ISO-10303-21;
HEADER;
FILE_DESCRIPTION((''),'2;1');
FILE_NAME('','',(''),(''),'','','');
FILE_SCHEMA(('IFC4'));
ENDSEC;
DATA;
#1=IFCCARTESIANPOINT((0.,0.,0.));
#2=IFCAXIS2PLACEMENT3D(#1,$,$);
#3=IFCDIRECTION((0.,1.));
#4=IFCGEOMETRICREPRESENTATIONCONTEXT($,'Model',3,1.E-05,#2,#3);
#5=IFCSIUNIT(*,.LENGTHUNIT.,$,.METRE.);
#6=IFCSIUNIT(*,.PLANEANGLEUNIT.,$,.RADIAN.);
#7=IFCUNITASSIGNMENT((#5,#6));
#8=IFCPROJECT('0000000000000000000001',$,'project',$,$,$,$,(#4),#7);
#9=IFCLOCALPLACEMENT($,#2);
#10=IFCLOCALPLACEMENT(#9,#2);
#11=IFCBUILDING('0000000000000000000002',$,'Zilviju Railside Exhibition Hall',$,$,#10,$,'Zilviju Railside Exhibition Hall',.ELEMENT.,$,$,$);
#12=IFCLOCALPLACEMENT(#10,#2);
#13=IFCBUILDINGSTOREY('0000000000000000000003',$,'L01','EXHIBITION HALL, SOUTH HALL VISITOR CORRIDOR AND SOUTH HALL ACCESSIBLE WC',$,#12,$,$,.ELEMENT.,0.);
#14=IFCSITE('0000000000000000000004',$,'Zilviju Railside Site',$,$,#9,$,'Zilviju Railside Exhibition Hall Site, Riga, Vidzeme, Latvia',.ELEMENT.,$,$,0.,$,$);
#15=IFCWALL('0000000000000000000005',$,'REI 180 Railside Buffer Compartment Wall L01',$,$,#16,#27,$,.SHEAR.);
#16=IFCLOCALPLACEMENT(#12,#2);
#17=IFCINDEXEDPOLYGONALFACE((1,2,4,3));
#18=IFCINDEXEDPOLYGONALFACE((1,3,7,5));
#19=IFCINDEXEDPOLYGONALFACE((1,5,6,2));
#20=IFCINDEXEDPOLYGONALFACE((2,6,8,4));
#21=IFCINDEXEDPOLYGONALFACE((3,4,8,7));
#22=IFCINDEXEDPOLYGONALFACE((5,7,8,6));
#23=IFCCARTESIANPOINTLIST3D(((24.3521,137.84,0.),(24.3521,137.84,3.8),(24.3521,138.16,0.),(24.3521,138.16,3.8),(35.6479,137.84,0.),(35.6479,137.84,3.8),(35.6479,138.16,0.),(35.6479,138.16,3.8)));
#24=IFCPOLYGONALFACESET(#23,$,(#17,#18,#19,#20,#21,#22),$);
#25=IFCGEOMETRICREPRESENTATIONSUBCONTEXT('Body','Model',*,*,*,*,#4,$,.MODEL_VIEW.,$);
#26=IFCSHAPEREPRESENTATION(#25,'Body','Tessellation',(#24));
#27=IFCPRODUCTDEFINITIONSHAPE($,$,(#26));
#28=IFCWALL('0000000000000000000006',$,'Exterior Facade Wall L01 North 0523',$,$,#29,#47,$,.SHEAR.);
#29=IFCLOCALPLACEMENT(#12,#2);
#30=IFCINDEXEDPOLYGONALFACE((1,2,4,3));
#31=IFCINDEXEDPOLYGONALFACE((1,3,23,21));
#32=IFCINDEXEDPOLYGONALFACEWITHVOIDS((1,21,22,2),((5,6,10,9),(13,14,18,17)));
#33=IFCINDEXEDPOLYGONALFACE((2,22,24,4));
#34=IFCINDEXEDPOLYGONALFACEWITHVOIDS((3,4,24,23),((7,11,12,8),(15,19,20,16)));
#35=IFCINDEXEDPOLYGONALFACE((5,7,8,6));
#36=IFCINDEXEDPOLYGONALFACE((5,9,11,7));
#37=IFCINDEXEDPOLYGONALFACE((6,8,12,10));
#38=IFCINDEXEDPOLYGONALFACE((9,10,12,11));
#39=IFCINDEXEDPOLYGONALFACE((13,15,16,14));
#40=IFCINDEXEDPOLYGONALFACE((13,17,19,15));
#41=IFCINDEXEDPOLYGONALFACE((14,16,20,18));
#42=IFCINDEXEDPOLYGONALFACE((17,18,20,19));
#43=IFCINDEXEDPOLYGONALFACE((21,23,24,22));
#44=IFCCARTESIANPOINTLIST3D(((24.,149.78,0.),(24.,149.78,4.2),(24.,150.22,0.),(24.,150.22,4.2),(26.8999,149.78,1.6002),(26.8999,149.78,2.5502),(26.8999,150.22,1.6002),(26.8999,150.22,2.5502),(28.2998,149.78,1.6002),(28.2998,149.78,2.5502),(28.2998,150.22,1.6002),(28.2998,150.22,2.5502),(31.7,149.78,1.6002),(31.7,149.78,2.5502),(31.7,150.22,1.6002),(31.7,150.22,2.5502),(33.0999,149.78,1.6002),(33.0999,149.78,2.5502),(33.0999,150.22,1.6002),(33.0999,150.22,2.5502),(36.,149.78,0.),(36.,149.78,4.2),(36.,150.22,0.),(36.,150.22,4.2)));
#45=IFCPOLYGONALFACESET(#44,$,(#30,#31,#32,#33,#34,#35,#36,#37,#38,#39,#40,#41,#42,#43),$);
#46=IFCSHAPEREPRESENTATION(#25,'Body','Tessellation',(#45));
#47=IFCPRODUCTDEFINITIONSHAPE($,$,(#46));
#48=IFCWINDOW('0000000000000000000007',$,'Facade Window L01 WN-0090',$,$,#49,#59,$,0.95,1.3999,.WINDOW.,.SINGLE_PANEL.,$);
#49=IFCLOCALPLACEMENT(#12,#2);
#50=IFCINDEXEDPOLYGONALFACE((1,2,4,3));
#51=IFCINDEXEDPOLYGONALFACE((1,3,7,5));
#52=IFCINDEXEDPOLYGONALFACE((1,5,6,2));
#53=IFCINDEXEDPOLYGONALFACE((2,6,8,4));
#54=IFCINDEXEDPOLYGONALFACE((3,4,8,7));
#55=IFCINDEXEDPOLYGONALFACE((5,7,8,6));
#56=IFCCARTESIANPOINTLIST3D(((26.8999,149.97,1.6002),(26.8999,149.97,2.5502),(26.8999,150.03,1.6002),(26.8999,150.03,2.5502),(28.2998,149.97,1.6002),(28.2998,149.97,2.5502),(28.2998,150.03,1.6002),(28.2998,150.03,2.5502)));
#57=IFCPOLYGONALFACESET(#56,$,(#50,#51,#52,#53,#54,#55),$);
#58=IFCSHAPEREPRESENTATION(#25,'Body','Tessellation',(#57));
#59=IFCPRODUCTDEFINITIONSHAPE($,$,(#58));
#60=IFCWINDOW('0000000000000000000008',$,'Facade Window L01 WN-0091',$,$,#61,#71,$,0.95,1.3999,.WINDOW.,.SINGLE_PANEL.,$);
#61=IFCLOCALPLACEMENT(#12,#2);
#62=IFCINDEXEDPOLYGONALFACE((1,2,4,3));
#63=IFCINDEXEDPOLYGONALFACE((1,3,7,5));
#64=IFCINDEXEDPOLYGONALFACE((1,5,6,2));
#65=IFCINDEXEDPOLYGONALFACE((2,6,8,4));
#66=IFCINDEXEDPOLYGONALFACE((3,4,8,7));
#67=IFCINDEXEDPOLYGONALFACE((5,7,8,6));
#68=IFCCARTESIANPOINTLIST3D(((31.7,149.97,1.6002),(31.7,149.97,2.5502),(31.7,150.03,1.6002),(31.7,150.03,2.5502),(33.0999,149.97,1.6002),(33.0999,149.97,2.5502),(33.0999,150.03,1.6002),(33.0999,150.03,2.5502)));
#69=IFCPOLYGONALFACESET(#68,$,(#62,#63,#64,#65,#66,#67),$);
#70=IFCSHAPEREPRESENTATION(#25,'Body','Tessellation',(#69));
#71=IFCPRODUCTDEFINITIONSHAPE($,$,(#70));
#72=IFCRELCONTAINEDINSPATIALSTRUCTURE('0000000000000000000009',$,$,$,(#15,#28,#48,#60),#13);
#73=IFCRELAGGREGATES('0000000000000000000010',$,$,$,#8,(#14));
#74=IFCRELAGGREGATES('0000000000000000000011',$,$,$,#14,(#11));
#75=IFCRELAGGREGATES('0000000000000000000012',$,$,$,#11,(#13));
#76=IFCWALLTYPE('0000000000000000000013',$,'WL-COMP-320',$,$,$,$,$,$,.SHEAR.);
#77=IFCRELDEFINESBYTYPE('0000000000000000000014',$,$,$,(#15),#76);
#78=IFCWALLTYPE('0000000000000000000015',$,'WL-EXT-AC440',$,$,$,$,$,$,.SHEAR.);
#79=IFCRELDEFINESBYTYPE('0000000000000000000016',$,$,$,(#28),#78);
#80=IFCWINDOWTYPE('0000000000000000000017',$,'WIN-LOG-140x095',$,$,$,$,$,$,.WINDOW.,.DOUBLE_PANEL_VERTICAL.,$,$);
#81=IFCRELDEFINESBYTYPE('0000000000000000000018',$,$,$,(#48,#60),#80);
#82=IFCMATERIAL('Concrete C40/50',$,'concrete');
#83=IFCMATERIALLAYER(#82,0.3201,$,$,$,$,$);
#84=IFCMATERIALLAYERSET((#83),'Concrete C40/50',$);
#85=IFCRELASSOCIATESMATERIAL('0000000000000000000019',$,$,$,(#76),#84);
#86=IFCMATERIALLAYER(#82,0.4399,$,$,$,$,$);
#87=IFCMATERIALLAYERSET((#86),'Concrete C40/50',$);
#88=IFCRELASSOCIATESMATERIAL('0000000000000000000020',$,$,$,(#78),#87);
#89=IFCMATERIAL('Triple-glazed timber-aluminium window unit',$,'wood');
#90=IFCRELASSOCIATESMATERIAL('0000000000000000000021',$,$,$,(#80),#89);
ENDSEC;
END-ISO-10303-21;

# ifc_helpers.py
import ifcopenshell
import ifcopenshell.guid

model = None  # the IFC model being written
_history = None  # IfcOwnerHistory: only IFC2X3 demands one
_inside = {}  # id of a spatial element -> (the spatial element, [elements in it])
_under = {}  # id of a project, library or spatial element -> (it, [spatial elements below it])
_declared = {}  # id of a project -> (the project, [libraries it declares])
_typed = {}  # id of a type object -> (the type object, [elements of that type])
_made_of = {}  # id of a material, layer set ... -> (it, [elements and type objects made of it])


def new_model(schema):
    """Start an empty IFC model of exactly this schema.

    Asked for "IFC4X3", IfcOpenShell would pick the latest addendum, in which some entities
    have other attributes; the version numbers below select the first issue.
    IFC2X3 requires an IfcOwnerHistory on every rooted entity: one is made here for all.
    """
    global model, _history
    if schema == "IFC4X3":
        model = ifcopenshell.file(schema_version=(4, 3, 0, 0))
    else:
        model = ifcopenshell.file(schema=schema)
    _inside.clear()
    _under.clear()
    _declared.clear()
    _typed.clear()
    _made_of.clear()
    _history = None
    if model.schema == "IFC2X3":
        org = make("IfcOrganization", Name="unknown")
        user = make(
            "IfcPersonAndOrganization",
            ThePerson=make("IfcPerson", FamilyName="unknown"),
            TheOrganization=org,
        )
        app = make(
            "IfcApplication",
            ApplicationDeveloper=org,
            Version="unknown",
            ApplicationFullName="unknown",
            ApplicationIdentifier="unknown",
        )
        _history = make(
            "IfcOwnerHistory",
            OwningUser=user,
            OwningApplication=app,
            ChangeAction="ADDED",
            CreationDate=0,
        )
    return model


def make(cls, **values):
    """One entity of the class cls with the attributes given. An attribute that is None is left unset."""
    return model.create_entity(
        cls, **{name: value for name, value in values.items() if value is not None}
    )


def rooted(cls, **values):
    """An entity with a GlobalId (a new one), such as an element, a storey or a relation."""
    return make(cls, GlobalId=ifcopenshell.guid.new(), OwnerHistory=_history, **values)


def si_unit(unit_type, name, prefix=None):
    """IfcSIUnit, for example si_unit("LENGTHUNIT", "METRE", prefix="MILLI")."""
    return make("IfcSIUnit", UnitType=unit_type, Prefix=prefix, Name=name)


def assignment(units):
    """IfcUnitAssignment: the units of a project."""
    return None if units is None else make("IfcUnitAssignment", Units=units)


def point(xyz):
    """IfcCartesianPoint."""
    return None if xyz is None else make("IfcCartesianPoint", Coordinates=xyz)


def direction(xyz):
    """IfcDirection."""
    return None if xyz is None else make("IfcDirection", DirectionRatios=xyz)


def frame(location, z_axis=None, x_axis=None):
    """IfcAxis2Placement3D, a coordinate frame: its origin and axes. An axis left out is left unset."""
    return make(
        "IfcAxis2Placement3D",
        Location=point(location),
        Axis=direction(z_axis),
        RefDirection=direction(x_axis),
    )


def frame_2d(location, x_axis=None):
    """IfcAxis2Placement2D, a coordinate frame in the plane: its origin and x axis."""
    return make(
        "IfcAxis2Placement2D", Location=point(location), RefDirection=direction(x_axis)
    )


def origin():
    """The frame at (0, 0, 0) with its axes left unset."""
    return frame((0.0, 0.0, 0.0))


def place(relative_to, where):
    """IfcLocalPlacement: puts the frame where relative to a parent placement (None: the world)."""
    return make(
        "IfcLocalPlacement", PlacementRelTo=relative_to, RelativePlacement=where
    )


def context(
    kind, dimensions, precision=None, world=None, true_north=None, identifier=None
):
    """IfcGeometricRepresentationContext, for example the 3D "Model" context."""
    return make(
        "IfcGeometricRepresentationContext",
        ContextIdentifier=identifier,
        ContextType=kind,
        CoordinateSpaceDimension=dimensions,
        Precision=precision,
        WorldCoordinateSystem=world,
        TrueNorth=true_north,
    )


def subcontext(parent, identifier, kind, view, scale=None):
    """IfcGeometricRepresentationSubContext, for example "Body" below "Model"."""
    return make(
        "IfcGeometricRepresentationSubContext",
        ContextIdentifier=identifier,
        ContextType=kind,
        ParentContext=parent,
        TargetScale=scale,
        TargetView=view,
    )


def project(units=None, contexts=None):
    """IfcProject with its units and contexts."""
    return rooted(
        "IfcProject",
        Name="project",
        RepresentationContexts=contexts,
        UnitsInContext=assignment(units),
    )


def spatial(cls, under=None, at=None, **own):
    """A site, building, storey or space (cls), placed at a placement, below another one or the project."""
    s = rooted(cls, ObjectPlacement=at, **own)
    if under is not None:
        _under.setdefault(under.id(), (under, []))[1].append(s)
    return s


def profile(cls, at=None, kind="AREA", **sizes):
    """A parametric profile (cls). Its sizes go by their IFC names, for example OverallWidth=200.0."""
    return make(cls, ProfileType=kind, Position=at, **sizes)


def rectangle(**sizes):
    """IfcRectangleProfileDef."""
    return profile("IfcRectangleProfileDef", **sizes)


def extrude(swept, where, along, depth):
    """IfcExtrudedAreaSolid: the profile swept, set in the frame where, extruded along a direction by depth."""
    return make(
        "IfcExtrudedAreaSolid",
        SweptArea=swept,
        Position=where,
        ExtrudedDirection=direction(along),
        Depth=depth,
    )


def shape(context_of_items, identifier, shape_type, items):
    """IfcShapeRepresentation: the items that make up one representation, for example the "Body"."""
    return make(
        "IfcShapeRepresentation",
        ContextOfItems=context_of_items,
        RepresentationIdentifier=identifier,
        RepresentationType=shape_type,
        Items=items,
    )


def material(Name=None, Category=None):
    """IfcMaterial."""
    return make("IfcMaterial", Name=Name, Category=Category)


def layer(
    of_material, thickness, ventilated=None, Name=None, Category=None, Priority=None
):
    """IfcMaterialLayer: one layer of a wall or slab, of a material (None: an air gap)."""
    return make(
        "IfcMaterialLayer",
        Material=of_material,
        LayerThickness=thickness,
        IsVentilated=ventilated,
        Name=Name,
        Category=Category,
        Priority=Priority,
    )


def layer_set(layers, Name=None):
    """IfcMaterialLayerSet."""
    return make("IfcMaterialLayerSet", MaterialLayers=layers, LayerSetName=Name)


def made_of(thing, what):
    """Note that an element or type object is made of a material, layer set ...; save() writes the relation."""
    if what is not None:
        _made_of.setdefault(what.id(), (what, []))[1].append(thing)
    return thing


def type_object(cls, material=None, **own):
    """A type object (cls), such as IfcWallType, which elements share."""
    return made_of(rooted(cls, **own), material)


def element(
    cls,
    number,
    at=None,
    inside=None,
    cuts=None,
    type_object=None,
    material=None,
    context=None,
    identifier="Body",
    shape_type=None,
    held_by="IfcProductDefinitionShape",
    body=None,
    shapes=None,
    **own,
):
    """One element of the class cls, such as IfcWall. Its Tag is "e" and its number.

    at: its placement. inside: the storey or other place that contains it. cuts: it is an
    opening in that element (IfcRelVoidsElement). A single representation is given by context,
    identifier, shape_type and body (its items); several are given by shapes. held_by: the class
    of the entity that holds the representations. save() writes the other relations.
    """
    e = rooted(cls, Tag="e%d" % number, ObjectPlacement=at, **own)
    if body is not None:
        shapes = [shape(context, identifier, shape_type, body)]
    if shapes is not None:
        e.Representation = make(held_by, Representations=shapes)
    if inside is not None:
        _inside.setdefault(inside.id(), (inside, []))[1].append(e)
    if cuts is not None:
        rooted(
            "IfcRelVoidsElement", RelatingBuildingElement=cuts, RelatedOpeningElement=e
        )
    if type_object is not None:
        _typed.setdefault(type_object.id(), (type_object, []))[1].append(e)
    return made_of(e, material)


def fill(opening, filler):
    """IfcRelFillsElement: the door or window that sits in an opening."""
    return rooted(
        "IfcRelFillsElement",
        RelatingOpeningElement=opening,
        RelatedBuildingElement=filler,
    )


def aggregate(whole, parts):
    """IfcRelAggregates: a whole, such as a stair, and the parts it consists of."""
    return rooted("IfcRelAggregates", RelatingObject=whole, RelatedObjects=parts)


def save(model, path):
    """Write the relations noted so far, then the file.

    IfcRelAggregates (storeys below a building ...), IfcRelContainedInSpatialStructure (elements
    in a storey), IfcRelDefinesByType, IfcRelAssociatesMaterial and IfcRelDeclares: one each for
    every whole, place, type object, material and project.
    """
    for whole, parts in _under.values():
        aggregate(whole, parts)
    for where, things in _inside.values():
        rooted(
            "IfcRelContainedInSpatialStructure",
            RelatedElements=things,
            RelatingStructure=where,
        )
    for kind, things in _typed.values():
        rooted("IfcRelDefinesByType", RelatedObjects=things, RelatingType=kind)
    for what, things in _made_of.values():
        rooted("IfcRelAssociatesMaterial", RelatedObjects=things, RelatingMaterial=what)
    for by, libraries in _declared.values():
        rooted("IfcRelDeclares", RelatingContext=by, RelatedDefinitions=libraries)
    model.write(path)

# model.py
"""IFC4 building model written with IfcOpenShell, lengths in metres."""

from ifc_helpers import new_model, si_unit, direction, frame, frame_2d, origin, place, context, subcontext, project, spatial, rectangle, extrude, material, layer, layer_set, type_object, element, fill, save


model = new_model("IFC4")

# Units and contexts
model_context = context("Model", 3, precision=1e-05, world=origin(), true_north=direction((0.0, 1.0)))
body_context = subcontext(model_context, "Body", "Model", "MODEL_VIEW")
ifc_project = project(units=[si_unit("LENGTHUNIT", "METRE"), si_unit("PLANEANGLEUNIT", "RADIAN")], contexts=[model_context])

# Site, building, storey
site_placement = place(None, origin())
site = spatial("IfcSite", under=ifc_project, at=site_placement, Name="Zilviju Railside Site", LongName="Zilviju Railside Exhibition Hall Site, Riga, Vidzeme, Latvia", CompositionType="ELEMENT", RefElevation=0.0)
building_placement = place(site_placement, origin())
building = spatial("IfcBuilding", under=site, at=building_placement, Name="Zilviju Railside Exhibition Hall", LongName="Zilviju Railside Exhibition Hall", CompositionType="ELEMENT")
storey_placement = place(building_placement, origin())
storey = spatial("IfcBuildingStorey", under=building, at=storey_placement, Name="L01", Description="EXHIBITION HALL, SOUTH HALL VISITOR CORRIDOR AND SOUTH HALL ACCESSIBLE WC", CompositionType="ELEMENT", Elevation=0.0)

# Shared definitions
ifc_material_1 = material(Name="Concrete C40/50", Category="concrete")

# Wall
ifc_layer_1 = layer(ifc_material_1, 0.3201)
ifc_layer_set_1 = layer_set([ifc_layer_1], Name="Concrete C40/50")
wall_type_1 = type_object("IfcWallType", Name="WL-COMP-320", PredefinedType="SHEAR", material=ifc_layer_set_1)
wall_1_placement = place(storey_placement, frame((24.3521, 138.0, 0.0), z_axis=(0.0, 0.0, 1.0), x_axis=(1.0, 0.0, 0.0)))
element("IfcWall", 1, at=wall_1_placement, inside=storey, type_object=wall_type_1, Name="REI 180 Railside Buffer Compartment Wall L01", PredefinedType="SHEAR", context=body_context, shape_type="SweptSolid", body=[
    extrude(rectangle(XDim=11.2959, YDim=0.3201, at=frame_2d((5.6479, 0.0))), origin(), (0.0, 0.0, 1.0), 3.8),
])

# Wall, openings, windows
ifc_layer_2 = layer(ifc_material_1, 0.4399)
ifc_layer_set_2 = layer_set([ifc_layer_2], Name="Concrete C40/50")
wall_type_2 = type_object("IfcWallType", Name="WL-EXT-AC440", PredefinedType="SHEAR", material=ifc_layer_set_2)
wall_2_placement = place(storey_placement, frame((24.0, 150.0, 0.0), z_axis=(0.0, 0.0, 1.0), x_axis=(1.0, 0.0, 0.0)))
wall_2 = element("IfcWall", 2, at=wall_2_placement, inside=storey, type_object=wall_type_2, Name="Exterior Facade Wall L01 North 0523", PredefinedType="SHEAR", context=body_context, shape_type="SweptSolid", body=[
    extrude(rectangle(XDim=12.0, YDim=0.4399, at=frame_2d((6.0, 0.0))), origin(), (0.0, 0.0, 1.0), 4.2),
])
opening_1_placement = place(wall_2_placement, frame((2.8999, 0.0, 1.6001)))
opening_1 = element("IfcOpeningElement", 3, at=opening_1_placement, cuts=wall_2, PredefinedType="OPENING", context=body_context, shape_type="SweptSolid", body=[
    extrude(rectangle(XDim=1.3999, YDim=0.95, at=frame_2d((0.7, 0.4751))), frame((0.0, 0.23, 0.0), z_axis=(0.0, -1.0, 0.0), x_axis=(1.0, 0.0, 0.0)), (0.0, 0.0, 1.0), 0.46),
])
opening_2_placement = place(wall_2_placement, frame((7.7, 0.0, 1.6001)))
opening_2 = element("IfcOpeningElement", 4, at=opening_2_placement, cuts=wall_2, PredefinedType="OPENING", context=body_context, shape_type="SweptSolid", body=[
    extrude(rectangle(XDim=1.3999, YDim=0.95, at=frame_2d((0.7, 0.4751))), frame((0.0, 0.23, 0.0), z_axis=(0.0, -1.0, 0.0), x_axis=(1.0, 0.0, 0.0)), (0.0, 0.0, 1.0), 0.46),
])
ifc_material_2 = material(Name="Triple-glazed timber-aluminium window unit", Category="wood")
window_type = type_object("IfcWindowType", Name="WIN-LOG-140x095", PartitioningType="DOUBLE_PANEL_VERTICAL", PredefinedType="WINDOW", material=ifc_material_2)
window_1_placement = place(opening_1_placement, origin())
window_1 = element("IfcWindow", 5, at=window_1_placement, inside=storey, type_object=window_type, Name="Facade Window L01 WN-0090", OverallHeight=0.95, OverallWidth=1.3999, PartitioningType="SINGLE_PANEL", PredefinedType="WINDOW", context=body_context, shape_type="SweptSolid", body=[
    extrude(rectangle(XDim=1.3999, YDim=0.95, at=frame_2d((0.7, 0.4751))), frame((0.0, 0.03, 0.0), z_axis=(0.0, -1.0, 0.0), x_axis=(1.0, 0.0, 0.0)), (0.0, 0.0, 1.0), 0.0601),
])
fill(opening_1, window_1)
window_2_placement = place(opening_2_placement, origin())
window_2 = element("IfcWindow", 6, at=window_2_placement, inside=storey, type_object=window_type, Name="Facade Window L01 WN-0091", OverallHeight=0.95, OverallWidth=1.3999, PartitioningType="SINGLE_PANEL", PredefinedType="WINDOW", context=body_context, shape_type="SweptSolid", body=[
    extrude(rectangle(XDim=1.3999, YDim=0.95, at=frame_2d((0.7, 0.4751))), frame((0.0, 0.03, 0.0), z_axis=(0.0, -1.0, 0.0), x_axis=(1.0, 0.0, 0.0)), (0.0, 0.0, 1.0), 0.0601),
])
fill(opening_2, window_2)

save(model, "model.ifc")
